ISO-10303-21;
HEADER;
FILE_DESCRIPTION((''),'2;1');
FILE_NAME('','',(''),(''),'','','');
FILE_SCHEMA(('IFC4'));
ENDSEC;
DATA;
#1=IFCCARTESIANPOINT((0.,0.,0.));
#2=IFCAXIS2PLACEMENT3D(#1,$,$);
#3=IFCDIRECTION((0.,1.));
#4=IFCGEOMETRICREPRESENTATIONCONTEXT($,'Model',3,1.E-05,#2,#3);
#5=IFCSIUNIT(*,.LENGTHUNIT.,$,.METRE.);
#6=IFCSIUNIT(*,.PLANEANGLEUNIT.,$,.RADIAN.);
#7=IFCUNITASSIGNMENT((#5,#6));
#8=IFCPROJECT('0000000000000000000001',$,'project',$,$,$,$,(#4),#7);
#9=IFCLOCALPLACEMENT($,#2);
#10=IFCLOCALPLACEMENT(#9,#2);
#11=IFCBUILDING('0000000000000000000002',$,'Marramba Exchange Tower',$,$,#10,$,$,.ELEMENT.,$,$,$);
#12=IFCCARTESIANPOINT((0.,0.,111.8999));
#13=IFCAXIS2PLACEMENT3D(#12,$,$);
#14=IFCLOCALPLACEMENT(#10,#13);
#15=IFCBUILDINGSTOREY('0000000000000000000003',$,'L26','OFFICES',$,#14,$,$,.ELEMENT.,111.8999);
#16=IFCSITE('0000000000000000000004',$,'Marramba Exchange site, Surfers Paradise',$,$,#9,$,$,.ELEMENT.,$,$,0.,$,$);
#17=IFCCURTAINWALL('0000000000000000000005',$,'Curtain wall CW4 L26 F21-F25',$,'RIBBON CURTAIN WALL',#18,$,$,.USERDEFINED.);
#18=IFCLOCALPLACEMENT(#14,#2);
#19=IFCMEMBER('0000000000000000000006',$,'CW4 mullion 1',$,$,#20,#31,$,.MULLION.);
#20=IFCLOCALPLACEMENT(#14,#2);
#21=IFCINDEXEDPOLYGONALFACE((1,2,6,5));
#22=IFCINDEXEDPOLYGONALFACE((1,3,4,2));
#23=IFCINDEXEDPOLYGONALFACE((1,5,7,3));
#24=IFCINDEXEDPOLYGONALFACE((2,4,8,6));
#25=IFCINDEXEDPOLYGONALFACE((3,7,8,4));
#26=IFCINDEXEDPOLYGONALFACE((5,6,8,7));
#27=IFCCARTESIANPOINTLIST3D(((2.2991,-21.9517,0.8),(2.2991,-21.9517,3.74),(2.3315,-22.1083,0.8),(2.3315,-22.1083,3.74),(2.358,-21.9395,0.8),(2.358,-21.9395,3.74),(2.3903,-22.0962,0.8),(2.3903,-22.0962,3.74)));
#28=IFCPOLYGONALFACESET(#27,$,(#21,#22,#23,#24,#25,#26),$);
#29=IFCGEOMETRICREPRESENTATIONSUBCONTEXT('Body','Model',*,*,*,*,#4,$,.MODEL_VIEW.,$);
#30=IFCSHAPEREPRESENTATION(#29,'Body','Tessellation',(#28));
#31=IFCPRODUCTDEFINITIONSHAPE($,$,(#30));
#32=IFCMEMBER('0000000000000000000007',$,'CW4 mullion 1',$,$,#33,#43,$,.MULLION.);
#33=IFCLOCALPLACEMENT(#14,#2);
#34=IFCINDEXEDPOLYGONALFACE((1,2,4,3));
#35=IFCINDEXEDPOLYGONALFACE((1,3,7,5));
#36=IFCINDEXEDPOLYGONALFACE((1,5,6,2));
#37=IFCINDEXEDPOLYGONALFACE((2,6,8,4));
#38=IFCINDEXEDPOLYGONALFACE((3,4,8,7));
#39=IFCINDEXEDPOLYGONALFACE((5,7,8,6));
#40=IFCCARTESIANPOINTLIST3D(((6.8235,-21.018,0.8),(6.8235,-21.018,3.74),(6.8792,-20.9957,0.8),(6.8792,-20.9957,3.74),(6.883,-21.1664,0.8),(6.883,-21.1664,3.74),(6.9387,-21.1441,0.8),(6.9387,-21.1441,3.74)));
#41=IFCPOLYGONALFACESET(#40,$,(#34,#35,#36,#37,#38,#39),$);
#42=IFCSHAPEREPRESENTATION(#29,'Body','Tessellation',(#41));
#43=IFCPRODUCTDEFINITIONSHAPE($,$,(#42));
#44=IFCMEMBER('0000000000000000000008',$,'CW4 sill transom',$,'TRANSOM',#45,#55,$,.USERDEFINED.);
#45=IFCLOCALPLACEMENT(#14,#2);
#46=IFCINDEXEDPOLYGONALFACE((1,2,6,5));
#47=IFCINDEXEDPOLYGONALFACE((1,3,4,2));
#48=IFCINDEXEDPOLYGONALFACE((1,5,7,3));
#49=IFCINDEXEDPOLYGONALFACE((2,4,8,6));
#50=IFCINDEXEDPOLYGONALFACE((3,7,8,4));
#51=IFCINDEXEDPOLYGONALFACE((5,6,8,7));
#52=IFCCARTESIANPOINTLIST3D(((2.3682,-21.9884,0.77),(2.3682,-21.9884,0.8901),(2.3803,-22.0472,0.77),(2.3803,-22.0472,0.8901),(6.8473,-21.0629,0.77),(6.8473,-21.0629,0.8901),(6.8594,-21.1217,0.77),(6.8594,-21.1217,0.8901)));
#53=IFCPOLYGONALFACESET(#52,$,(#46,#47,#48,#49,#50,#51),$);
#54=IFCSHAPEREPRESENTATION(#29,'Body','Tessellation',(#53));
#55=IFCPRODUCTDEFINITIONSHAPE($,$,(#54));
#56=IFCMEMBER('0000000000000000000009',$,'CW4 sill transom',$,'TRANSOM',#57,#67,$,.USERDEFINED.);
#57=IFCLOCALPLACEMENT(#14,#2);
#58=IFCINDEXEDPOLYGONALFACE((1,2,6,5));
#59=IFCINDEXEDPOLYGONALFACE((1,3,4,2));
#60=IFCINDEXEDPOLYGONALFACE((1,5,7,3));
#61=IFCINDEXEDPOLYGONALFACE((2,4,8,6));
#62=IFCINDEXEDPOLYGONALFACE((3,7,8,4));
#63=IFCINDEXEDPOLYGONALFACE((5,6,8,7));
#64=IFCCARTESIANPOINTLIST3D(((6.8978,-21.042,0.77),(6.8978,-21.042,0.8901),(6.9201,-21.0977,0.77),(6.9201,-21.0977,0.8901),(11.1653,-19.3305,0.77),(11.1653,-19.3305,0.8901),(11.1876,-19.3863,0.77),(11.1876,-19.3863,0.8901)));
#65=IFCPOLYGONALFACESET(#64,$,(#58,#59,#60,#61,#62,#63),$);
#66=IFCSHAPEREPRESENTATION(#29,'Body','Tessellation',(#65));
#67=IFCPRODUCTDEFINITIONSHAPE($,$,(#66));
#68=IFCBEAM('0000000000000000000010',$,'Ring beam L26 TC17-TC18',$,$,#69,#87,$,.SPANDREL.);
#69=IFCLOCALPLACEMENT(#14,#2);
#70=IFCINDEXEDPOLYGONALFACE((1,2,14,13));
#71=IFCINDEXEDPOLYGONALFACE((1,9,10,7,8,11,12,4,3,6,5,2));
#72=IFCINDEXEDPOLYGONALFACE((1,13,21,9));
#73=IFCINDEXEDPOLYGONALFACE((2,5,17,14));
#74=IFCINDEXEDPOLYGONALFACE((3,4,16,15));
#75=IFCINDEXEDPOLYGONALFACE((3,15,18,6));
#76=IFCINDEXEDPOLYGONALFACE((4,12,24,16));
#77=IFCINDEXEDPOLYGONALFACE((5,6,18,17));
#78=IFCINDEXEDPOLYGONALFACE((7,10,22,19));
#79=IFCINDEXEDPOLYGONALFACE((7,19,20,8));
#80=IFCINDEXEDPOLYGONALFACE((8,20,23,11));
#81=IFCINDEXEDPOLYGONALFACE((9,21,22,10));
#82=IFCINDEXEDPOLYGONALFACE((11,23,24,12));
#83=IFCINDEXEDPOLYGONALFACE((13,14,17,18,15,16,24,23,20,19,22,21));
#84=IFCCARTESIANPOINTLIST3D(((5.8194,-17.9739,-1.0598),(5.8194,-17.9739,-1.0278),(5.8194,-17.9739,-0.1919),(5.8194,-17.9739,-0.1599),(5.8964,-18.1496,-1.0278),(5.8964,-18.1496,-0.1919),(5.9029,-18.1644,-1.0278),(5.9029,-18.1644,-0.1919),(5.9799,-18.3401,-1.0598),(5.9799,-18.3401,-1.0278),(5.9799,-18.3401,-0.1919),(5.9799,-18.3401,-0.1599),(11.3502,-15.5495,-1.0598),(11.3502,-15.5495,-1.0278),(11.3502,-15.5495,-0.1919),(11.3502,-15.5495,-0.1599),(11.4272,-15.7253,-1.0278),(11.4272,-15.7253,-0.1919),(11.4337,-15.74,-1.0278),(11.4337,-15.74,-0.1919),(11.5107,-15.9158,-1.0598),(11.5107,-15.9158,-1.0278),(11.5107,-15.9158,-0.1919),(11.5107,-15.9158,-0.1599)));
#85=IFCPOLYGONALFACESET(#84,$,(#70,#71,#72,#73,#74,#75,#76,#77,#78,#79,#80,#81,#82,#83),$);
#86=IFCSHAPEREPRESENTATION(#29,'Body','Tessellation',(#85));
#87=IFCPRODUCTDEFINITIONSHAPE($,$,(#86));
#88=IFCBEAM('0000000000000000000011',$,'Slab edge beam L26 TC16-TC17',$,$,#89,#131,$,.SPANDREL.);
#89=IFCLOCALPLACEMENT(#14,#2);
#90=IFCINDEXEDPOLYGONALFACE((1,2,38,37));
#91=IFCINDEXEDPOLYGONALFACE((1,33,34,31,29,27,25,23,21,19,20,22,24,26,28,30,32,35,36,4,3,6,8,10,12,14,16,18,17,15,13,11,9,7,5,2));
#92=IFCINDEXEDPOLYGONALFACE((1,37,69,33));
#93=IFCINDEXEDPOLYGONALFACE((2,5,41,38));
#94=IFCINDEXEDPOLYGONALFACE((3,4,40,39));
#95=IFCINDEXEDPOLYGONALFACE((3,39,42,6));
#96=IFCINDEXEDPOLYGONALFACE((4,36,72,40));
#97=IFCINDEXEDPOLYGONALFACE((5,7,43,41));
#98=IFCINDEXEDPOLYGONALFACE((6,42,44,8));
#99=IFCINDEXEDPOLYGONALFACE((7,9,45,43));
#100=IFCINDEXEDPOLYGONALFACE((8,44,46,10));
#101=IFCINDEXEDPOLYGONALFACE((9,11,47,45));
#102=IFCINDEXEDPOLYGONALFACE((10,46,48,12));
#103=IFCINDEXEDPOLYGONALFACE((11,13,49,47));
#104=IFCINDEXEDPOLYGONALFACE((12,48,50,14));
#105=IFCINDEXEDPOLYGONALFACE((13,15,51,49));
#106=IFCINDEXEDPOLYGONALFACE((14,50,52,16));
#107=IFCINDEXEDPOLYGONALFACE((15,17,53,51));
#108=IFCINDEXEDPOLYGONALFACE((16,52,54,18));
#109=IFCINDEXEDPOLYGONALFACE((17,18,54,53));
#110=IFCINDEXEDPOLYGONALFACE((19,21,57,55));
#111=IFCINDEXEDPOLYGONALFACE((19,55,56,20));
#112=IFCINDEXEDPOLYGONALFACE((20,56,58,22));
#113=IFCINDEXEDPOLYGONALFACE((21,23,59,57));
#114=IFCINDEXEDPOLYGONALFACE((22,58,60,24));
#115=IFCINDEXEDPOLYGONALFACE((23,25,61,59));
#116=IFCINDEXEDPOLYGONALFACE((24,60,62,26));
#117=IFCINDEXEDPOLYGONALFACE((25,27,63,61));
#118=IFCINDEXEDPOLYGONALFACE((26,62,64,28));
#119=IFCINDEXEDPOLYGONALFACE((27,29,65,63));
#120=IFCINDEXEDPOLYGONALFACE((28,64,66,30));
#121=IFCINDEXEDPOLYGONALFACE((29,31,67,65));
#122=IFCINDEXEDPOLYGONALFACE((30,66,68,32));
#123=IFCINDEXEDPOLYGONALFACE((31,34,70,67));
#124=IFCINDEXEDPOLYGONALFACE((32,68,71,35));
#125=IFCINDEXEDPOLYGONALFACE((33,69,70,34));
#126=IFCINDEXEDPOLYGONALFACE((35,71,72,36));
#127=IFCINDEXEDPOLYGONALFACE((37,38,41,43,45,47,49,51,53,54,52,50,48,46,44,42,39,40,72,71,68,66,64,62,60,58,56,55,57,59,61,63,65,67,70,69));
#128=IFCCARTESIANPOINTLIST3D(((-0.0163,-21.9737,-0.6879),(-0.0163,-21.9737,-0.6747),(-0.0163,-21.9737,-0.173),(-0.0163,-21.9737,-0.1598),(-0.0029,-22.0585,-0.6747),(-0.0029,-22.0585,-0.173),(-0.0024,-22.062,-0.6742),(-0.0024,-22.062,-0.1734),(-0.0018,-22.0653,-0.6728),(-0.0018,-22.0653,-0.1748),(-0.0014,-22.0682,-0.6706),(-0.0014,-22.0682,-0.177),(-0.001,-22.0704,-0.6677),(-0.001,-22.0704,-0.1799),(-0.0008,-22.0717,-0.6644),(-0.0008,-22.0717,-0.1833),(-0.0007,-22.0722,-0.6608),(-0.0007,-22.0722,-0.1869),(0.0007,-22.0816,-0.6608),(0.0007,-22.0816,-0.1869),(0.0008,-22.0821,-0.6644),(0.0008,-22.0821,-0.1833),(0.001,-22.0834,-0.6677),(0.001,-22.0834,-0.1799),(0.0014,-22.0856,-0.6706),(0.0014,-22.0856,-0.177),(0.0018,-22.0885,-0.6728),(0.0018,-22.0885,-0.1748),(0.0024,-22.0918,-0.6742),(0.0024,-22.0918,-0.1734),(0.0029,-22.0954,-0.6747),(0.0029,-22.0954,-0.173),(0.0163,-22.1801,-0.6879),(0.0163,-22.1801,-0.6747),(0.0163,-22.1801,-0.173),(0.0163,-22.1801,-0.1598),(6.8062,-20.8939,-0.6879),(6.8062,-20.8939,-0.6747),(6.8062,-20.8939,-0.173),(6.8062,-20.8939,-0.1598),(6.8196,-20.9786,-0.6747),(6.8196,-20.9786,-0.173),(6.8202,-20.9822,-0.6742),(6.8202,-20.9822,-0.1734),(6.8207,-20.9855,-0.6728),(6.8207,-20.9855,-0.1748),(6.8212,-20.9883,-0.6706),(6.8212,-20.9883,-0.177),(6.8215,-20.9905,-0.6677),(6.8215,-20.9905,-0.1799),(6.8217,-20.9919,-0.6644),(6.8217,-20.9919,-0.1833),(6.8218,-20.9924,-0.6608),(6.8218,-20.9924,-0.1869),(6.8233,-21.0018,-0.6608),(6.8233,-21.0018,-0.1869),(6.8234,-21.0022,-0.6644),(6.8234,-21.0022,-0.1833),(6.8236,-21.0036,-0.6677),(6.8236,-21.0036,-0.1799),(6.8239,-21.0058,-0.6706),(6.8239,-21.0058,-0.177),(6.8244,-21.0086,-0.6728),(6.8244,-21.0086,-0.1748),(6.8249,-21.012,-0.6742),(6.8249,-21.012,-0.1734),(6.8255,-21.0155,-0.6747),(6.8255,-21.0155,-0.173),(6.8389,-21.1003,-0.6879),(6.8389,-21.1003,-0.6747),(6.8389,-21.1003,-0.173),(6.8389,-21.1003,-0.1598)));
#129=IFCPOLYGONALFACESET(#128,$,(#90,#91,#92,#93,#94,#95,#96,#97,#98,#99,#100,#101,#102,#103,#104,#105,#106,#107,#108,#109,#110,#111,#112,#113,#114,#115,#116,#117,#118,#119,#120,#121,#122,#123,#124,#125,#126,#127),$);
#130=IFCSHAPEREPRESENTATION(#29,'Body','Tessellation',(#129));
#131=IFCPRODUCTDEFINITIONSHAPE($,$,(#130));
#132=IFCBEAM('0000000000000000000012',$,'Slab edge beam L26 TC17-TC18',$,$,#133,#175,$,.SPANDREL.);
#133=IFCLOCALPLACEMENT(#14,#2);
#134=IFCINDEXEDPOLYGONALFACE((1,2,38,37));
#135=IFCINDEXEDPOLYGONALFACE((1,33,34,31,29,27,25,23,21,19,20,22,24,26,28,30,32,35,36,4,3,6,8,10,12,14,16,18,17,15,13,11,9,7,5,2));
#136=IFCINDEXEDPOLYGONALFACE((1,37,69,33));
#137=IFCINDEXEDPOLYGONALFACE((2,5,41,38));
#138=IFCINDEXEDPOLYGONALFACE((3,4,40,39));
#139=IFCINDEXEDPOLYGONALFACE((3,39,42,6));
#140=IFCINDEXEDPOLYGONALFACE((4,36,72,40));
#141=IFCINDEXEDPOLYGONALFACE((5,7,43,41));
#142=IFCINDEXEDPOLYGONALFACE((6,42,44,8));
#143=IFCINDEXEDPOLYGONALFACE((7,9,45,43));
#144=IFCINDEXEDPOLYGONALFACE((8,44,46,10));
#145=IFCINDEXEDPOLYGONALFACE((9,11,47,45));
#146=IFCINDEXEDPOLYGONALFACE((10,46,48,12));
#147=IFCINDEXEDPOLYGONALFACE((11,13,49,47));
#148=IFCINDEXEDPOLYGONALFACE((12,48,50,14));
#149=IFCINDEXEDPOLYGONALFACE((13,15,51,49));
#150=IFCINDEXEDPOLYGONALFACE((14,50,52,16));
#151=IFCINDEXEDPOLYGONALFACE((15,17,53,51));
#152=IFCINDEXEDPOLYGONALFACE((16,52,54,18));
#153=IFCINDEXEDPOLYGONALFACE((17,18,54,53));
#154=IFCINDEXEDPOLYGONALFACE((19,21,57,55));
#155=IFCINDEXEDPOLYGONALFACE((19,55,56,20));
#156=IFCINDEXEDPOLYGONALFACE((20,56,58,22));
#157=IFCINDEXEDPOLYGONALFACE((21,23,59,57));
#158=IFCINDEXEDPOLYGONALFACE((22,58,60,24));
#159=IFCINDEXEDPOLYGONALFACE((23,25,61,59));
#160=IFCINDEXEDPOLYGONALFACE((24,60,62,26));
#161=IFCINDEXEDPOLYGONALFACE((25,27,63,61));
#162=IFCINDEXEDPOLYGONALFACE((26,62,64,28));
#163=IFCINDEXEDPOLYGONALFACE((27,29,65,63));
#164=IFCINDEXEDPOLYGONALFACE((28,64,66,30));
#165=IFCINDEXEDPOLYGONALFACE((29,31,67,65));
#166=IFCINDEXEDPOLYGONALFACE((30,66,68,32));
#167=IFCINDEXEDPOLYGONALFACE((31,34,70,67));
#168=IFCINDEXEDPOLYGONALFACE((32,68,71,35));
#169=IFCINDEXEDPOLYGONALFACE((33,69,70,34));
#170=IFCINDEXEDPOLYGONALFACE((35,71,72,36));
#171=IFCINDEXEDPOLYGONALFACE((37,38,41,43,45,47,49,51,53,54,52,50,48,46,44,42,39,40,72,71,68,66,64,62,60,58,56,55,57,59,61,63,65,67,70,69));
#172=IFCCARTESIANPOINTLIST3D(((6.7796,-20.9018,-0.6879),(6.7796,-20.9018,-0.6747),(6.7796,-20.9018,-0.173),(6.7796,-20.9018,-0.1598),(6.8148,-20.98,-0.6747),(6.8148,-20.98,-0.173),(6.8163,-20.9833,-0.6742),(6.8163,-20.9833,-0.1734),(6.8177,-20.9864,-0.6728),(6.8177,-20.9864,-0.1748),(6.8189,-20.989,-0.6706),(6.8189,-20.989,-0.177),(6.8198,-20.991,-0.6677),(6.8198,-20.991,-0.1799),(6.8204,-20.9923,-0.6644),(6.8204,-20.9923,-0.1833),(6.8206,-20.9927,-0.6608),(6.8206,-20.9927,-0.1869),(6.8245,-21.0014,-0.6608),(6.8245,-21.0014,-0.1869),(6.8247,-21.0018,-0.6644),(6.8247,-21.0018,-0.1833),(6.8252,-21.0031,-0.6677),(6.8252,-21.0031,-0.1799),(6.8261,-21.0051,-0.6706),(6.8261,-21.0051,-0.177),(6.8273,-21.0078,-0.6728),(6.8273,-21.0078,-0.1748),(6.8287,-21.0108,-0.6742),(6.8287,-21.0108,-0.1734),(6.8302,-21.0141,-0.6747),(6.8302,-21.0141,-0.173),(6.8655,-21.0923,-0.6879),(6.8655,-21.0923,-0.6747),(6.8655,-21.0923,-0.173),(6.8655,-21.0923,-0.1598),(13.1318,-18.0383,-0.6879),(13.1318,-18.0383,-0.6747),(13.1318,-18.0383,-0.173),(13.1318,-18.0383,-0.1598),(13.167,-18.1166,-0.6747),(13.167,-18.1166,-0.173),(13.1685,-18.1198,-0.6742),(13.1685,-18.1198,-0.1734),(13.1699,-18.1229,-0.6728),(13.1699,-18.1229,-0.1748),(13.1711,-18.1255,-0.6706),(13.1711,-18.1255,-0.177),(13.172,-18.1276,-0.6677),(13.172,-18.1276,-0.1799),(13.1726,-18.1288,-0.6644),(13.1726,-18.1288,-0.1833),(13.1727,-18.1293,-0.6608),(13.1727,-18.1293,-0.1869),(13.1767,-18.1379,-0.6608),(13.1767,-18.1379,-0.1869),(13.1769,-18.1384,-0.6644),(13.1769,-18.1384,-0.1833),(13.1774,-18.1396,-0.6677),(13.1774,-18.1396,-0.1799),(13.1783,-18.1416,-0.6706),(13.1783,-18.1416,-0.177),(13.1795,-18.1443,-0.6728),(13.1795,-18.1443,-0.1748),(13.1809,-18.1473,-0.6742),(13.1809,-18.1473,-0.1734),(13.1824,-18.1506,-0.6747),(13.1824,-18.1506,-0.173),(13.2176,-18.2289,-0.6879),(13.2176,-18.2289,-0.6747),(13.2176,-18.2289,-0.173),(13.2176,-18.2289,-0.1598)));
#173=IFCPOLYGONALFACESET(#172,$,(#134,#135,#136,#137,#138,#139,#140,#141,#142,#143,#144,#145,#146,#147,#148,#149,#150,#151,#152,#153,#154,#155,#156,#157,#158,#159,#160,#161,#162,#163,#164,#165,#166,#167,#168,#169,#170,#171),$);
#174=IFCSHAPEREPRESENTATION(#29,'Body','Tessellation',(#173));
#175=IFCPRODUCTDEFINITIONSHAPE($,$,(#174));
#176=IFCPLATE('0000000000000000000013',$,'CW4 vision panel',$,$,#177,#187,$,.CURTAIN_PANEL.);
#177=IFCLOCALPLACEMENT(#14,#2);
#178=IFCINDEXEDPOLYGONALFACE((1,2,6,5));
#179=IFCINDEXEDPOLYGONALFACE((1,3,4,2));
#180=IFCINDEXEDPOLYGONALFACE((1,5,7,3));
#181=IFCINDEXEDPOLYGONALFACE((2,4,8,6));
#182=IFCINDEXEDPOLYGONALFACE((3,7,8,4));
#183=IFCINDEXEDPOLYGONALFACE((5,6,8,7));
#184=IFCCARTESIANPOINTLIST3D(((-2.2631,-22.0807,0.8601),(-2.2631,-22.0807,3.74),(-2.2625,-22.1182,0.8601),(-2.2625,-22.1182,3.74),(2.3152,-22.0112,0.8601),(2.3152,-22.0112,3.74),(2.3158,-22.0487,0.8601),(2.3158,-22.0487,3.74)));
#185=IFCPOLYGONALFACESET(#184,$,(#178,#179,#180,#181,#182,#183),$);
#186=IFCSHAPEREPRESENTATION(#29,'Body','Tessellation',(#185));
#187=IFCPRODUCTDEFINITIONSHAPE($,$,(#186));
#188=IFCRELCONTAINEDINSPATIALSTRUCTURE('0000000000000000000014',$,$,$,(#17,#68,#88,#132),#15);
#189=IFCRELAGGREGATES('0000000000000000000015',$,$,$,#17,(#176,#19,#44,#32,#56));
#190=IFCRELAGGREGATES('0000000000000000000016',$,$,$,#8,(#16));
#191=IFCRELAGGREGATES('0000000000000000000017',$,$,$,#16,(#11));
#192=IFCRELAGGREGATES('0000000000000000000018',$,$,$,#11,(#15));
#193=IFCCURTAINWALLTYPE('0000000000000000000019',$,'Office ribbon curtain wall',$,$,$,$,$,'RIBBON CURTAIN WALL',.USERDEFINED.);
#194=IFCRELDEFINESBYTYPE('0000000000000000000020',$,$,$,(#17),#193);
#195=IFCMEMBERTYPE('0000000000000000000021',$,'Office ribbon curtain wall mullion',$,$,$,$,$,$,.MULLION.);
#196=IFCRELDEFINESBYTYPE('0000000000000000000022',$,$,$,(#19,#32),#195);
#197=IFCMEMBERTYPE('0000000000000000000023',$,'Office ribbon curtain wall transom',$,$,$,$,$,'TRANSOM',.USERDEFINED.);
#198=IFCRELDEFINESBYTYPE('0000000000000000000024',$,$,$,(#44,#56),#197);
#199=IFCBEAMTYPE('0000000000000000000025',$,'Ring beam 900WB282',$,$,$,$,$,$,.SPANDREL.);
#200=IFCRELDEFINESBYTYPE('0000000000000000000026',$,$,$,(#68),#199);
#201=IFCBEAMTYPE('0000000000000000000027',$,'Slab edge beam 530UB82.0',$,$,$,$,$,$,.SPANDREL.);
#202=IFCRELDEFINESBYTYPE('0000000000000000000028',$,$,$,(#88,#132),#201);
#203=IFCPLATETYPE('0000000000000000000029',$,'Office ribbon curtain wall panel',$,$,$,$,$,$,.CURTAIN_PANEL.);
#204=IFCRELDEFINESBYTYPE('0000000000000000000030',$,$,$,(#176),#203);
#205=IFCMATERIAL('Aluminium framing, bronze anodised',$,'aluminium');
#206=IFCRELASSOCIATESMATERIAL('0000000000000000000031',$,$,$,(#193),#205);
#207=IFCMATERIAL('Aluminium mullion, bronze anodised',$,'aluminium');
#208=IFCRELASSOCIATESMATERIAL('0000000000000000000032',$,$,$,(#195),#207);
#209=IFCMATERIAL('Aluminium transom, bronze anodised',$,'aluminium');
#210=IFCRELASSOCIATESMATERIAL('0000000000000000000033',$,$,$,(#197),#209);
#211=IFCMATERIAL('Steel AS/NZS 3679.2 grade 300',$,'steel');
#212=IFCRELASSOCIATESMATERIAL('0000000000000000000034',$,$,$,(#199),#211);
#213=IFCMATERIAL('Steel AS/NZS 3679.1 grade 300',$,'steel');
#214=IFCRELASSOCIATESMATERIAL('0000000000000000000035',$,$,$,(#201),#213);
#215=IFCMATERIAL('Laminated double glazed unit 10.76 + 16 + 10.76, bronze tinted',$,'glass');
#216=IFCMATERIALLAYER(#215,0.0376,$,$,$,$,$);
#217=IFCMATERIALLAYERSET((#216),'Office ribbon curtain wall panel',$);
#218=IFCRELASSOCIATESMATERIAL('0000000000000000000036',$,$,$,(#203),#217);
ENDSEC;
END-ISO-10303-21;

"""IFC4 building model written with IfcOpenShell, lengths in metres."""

from ifc_helpers import new_model, si_unit, direction, frame, origin, origin_2d, place, context, subcontext, project, spatial, rectangle, i_section, extrude, material, layer, layer_set, material_profile, profile_set, type_object, element, aggregate, save


model = new_model("IFC4")

# Units and contexts
model_context = context("Model", 3, precision=1e-05, world=origin(), true_north=direction((0.0, 1.0)))
body_context = subcontext(model_context, "Body", "Model", "MODEL_VIEW")
ifc_project = project(units=[si_unit("LENGTHUNIT", "METRE"), si_unit("PLANEANGLEUNIT", "RADIAN")], contexts=[model_context])

# Site, building, storey
site_placement = place(None, origin())
site = spatial("IfcSite", under=ifc_project, at=site_placement, Name="Marramba Exchange site, Surfers Paradise", CompositionType="ELEMENT", RefElevation=0.0)
building_placement = place(site_placement, origin())
building = spatial("IfcBuilding", under=site, at=building_placement, Name="Marramba Exchange Tower", CompositionType="ELEMENT")
storey_placement = place(building_placement, frame((0.0, 0.0, 111.8999)))
storey = spatial("IfcBuildingStorey", under=building, at=storey_placement, Name="L26", Description="OFFICES", CompositionType="ELEMENT", Elevation=111.8999)

# Shared definitions
ifc_material_1 = material(Name="Steel AS/NZS 3679.2 grade 300", Category="steel")
ifc_material_2 = material(Name="Steel AS/NZS 3679.1 grade 300", Category="steel")

# Curtain wall, members
ifc_material_3 = material(Name="Aluminium framing, bronze anodised", Category="aluminium")
curtain_wall_type = type_object("IfcCurtainWallType", Name="Office ribbon curtain wall", ElementType="RIBBON CURTAIN WALL", PredefinedType="USERDEFINED", material=ifc_material_3)
curtain_wall_placement = place(storey_placement, origin())
curtain_wall = element("IfcCurtainWall", 1, at=curtain_wall_placement, inside=storey, type_object=curtain_wall_type, Name="Curtain wall CW4 L26 F21-F25", ObjectType="RIBBON CURTAIN WALL", PredefinedType="USERDEFINED")
ifc_material_4 = material(Name="Aluminium mullion, bronze anodised", Category="aluminium")
ifc_material_profile_1 = material_profile(ifc_material_4, rectangle(XDim=0.1599, YDim=0.0601, at=origin_2d()), Name="CW4 mullion 60x160")
ifc_profile_set_1 = profile_set([ifc_material_profile_1], Name="Aluminium mullion, bronze anodised")
member_type_1 = type_object("IfcMemberType", Name="Office ribbon curtain wall mullion", PredefinedType="MULLION", material=ifc_profile_set_1)
member_1_placement = place(storey_placement, frame((2.3447, -22.0239, 0.8), z_axis=(0.0, 0.0, 1.0), x_axis=(-0.202365, 0.97931, 0.0)))
member_1 = element("IfcMember", 2, at=member_1_placement, type_object=member_type_1, Name="CW4 mullion 1", PredefinedType="MULLION", context=body_context, shape_type="SweptSolid", body=[
    extrude(rectangle(XDim=0.1599, YDim=0.0601, at=origin_2d()), origin(), (0.0, 0.0, 1.0), 2.9399),
])
member_2_placement = place(storey_placement, frame((6.8811, -21.0811, 0.8), z_axis=(0.0, 0.0, 1.0), x_axis=(-0.372209, 0.928149, 0.0)))
member_2 = element("IfcMember", 3, at=member_2_placement, type_object=member_type_1, Name="CW4 mullion 1", PredefinedType="MULLION", context=body_context, shape_type="SweptSolid", body=[
    extrude(rectangle(XDim=0.1599, YDim=0.0601, at=origin_2d()), origin(), (0.0, 0.0, 1.0), 2.9399),
])
ifc_material_5 = material(Name="Aluminium transom, bronze anodised", Category="aluminium")
ifc_material_profile_2 = material_profile(ifc_material_5, rectangle(XDim=0.0601, YDim=0.1201, at=origin_2d()), Name="CW4 transom 60x120")
ifc_profile_set_2 = profile_set([ifc_material_profile_2], Name="Aluminium transom, bronze anodised")
member_type_2 = type_object("IfcMemberType", Name="Office ribbon curtain wall transom", ElementType="TRANSOM", PredefinedType="USERDEFINED", material=ifc_profile_set_2)
member_3_placement = place(storey_placement, frame((2.3743, -22.0178, 0.8301), z_axis=(0.97931, 0.202364, 0.0), x_axis=(-0.202364, 0.97931, 0.0)))
member_3 = element("IfcMember", 4, at=member_3_placement, type_object=member_type_2, Name="CW4 sill transom", ObjectType="TRANSOM", PredefinedType="USERDEFINED", context=body_context, shape_type="SweptSolid", body=[
    extrude(rectangle(XDim=0.0601, YDim=0.1201, at=origin_2d()), origin(), (0.0, 0.0, 1.0), 4.5737),
])
member_4_placement = place(storey_placement, frame((6.9089, -21.0698, 0.8301), z_axis=(0.928147, 0.372214, 0.0), x_axis=(-0.372214, 0.928147, 0.0)))
member_4 = element("IfcMember", 5, at=member_4_placement, type_object=member_type_2, Name="CW4 sill transom", ObjectType="TRANSOM", PredefinedType="USERDEFINED", context=body_context, shape_type="SweptSolid", body=[
    extrude(rectangle(XDim=0.0601, YDim=0.1201, at=origin_2d()), origin(), (0.0, 0.0, 1.0), 4.5979),
])

# Beams
ifc_material_profile_3 = material_profile(ifc_material_1, i_section(OverallWidth=0.3999, OverallDepth=0.8999, WebThickness=0.0161, FlangeThickness=0.032, at=origin_2d()), Name="900WB282")
ifc_profile_set_3 = profile_set([ifc_material_profile_3], Name="Steel AS/NZS 3679.2 grade 300")
beam_type_1 = type_object("IfcBeamType", Name="Ring beam 900WB282", PredefinedType="SPANDREL", material=ifc_profile_set_3)
beam_1_placement = place(storey_placement, frame((5.8997, -18.157, -0.6099), z_axis=(0.915877, 0.401459, 0.0), x_axis=(-0.401459, 0.915877, 0.0)))
element("IfcBeam", 6, at=beam_1_placement, inside=storey, type_object=beam_type_1, Name="Ring beam L26 TC17-TC18", PredefinedType="SPANDREL", context=body_context, shape_type="SweptSolid", body=[
    extrude(i_section(OverallWidth=0.3999, OverallDepth=0.8999, WebThickness=0.0161, FlangeThickness=0.032, at=origin_2d()), origin(), (0.0, 0.0, 1.0), 6.0388),
])
ifc_material_profile_4 = material_profile(ifc_material_2, i_section(OverallWidth=0.209, OverallDepth=0.5281, WebThickness=0.0095, FlangeThickness=0.0132, FilletRadius=0.0139, at=origin_2d()), Name="530UB82.0")
ifc_profile_set_4 = profile_set([ifc_material_profile_4], Name="Steel AS/NZS 3679.1 grade 300")
beam_type_2 = type_object("IfcBeamType", Name="Slab edge beam 530UB82.0", PredefinedType="SPANDREL", material=ifc_profile_set_4)
beam_2_placement = place(storey_placement, frame((0.0, -22.0769, -0.4238), z_axis=(0.987705, 0.156329, 0.0), x_axis=(-0.156329, 0.987705, 0.0)))
element("IfcBeam", 7, at=beam_2_placement, inside=storey, type_object=beam_type_2, Name="Slab edge beam L26 TC16-TC17", PredefinedType="SPANDREL", context=body_context, shape_type="SweptSolid", body=[
    extrude(i_section(OverallWidth=0.209, OverallDepth=0.5281, WebThickness=0.0095, FlangeThickness=0.0132, FilletRadius=0.0139, at=origin_2d()), origin(), (0.0, 0.0, 1.0), 6.9075),
])
beam_3_placement = place(storey_placement, frame((6.8225, -20.9971, -0.4238), z_axis=(0.911653, 0.41096, 0.0), x_axis=(-0.41096, 0.911653, 0.0)))
element("IfcBeam", 8, at=beam_3_placement, inside=storey, type_object=beam_type_2, Name="Slab edge beam L26 TC17-TC18", PredefinedType="SPANDREL", context=body_context, shape_type="SweptSolid", body=[
    extrude(i_section(OverallWidth=0.209, OverallDepth=0.5281, WebThickness=0.0095, FlangeThickness=0.0132, FilletRadius=0.0139, at=origin_2d()), origin(), (0.0, 0.0, 1.0), 6.9678),
])

# Plate
ifc_material_6 = material(Name="Laminated double glazed unit 10.76 + 16 + 10.76, bronze tinted", Category="glass")
ifc_layer_1 = layer(ifc_material_6, 0.0376)
ifc_layer_set_1 = layer_set([ifc_layer_1], Name="Office ribbon curtain wall panel")
plate_type = type_object("IfcPlateType", Name="Office ribbon curtain wall panel", PredefinedType="CURTAIN_PANEL", material=ifc_layer_set_1)
plate_1_placement = place(storey_placement, frame((0.0264, -22.0647, 0.8601), z_axis=(0.0, 0.0, 1.0), x_axis=(0.999885, 0.015179, 0.0)))
plate_1 = element("IfcPlate", 9, at=plate_1_placement, type_object=plate_type, Name="CW4 vision panel", PredefinedType="CURTAIN_PANEL", context=body_context, shape_type="SweptSolid", body=[
    extrude(rectangle(XDim=4.5789, YDim=0.0376, at=origin_2d()), origin(), (0.0, 0.0, 1.0), 2.8799),
])
aggregate(curtain_wall, [plate_1, member_1, member_3, member_2, member_4])

save(model, "model.ifc")
